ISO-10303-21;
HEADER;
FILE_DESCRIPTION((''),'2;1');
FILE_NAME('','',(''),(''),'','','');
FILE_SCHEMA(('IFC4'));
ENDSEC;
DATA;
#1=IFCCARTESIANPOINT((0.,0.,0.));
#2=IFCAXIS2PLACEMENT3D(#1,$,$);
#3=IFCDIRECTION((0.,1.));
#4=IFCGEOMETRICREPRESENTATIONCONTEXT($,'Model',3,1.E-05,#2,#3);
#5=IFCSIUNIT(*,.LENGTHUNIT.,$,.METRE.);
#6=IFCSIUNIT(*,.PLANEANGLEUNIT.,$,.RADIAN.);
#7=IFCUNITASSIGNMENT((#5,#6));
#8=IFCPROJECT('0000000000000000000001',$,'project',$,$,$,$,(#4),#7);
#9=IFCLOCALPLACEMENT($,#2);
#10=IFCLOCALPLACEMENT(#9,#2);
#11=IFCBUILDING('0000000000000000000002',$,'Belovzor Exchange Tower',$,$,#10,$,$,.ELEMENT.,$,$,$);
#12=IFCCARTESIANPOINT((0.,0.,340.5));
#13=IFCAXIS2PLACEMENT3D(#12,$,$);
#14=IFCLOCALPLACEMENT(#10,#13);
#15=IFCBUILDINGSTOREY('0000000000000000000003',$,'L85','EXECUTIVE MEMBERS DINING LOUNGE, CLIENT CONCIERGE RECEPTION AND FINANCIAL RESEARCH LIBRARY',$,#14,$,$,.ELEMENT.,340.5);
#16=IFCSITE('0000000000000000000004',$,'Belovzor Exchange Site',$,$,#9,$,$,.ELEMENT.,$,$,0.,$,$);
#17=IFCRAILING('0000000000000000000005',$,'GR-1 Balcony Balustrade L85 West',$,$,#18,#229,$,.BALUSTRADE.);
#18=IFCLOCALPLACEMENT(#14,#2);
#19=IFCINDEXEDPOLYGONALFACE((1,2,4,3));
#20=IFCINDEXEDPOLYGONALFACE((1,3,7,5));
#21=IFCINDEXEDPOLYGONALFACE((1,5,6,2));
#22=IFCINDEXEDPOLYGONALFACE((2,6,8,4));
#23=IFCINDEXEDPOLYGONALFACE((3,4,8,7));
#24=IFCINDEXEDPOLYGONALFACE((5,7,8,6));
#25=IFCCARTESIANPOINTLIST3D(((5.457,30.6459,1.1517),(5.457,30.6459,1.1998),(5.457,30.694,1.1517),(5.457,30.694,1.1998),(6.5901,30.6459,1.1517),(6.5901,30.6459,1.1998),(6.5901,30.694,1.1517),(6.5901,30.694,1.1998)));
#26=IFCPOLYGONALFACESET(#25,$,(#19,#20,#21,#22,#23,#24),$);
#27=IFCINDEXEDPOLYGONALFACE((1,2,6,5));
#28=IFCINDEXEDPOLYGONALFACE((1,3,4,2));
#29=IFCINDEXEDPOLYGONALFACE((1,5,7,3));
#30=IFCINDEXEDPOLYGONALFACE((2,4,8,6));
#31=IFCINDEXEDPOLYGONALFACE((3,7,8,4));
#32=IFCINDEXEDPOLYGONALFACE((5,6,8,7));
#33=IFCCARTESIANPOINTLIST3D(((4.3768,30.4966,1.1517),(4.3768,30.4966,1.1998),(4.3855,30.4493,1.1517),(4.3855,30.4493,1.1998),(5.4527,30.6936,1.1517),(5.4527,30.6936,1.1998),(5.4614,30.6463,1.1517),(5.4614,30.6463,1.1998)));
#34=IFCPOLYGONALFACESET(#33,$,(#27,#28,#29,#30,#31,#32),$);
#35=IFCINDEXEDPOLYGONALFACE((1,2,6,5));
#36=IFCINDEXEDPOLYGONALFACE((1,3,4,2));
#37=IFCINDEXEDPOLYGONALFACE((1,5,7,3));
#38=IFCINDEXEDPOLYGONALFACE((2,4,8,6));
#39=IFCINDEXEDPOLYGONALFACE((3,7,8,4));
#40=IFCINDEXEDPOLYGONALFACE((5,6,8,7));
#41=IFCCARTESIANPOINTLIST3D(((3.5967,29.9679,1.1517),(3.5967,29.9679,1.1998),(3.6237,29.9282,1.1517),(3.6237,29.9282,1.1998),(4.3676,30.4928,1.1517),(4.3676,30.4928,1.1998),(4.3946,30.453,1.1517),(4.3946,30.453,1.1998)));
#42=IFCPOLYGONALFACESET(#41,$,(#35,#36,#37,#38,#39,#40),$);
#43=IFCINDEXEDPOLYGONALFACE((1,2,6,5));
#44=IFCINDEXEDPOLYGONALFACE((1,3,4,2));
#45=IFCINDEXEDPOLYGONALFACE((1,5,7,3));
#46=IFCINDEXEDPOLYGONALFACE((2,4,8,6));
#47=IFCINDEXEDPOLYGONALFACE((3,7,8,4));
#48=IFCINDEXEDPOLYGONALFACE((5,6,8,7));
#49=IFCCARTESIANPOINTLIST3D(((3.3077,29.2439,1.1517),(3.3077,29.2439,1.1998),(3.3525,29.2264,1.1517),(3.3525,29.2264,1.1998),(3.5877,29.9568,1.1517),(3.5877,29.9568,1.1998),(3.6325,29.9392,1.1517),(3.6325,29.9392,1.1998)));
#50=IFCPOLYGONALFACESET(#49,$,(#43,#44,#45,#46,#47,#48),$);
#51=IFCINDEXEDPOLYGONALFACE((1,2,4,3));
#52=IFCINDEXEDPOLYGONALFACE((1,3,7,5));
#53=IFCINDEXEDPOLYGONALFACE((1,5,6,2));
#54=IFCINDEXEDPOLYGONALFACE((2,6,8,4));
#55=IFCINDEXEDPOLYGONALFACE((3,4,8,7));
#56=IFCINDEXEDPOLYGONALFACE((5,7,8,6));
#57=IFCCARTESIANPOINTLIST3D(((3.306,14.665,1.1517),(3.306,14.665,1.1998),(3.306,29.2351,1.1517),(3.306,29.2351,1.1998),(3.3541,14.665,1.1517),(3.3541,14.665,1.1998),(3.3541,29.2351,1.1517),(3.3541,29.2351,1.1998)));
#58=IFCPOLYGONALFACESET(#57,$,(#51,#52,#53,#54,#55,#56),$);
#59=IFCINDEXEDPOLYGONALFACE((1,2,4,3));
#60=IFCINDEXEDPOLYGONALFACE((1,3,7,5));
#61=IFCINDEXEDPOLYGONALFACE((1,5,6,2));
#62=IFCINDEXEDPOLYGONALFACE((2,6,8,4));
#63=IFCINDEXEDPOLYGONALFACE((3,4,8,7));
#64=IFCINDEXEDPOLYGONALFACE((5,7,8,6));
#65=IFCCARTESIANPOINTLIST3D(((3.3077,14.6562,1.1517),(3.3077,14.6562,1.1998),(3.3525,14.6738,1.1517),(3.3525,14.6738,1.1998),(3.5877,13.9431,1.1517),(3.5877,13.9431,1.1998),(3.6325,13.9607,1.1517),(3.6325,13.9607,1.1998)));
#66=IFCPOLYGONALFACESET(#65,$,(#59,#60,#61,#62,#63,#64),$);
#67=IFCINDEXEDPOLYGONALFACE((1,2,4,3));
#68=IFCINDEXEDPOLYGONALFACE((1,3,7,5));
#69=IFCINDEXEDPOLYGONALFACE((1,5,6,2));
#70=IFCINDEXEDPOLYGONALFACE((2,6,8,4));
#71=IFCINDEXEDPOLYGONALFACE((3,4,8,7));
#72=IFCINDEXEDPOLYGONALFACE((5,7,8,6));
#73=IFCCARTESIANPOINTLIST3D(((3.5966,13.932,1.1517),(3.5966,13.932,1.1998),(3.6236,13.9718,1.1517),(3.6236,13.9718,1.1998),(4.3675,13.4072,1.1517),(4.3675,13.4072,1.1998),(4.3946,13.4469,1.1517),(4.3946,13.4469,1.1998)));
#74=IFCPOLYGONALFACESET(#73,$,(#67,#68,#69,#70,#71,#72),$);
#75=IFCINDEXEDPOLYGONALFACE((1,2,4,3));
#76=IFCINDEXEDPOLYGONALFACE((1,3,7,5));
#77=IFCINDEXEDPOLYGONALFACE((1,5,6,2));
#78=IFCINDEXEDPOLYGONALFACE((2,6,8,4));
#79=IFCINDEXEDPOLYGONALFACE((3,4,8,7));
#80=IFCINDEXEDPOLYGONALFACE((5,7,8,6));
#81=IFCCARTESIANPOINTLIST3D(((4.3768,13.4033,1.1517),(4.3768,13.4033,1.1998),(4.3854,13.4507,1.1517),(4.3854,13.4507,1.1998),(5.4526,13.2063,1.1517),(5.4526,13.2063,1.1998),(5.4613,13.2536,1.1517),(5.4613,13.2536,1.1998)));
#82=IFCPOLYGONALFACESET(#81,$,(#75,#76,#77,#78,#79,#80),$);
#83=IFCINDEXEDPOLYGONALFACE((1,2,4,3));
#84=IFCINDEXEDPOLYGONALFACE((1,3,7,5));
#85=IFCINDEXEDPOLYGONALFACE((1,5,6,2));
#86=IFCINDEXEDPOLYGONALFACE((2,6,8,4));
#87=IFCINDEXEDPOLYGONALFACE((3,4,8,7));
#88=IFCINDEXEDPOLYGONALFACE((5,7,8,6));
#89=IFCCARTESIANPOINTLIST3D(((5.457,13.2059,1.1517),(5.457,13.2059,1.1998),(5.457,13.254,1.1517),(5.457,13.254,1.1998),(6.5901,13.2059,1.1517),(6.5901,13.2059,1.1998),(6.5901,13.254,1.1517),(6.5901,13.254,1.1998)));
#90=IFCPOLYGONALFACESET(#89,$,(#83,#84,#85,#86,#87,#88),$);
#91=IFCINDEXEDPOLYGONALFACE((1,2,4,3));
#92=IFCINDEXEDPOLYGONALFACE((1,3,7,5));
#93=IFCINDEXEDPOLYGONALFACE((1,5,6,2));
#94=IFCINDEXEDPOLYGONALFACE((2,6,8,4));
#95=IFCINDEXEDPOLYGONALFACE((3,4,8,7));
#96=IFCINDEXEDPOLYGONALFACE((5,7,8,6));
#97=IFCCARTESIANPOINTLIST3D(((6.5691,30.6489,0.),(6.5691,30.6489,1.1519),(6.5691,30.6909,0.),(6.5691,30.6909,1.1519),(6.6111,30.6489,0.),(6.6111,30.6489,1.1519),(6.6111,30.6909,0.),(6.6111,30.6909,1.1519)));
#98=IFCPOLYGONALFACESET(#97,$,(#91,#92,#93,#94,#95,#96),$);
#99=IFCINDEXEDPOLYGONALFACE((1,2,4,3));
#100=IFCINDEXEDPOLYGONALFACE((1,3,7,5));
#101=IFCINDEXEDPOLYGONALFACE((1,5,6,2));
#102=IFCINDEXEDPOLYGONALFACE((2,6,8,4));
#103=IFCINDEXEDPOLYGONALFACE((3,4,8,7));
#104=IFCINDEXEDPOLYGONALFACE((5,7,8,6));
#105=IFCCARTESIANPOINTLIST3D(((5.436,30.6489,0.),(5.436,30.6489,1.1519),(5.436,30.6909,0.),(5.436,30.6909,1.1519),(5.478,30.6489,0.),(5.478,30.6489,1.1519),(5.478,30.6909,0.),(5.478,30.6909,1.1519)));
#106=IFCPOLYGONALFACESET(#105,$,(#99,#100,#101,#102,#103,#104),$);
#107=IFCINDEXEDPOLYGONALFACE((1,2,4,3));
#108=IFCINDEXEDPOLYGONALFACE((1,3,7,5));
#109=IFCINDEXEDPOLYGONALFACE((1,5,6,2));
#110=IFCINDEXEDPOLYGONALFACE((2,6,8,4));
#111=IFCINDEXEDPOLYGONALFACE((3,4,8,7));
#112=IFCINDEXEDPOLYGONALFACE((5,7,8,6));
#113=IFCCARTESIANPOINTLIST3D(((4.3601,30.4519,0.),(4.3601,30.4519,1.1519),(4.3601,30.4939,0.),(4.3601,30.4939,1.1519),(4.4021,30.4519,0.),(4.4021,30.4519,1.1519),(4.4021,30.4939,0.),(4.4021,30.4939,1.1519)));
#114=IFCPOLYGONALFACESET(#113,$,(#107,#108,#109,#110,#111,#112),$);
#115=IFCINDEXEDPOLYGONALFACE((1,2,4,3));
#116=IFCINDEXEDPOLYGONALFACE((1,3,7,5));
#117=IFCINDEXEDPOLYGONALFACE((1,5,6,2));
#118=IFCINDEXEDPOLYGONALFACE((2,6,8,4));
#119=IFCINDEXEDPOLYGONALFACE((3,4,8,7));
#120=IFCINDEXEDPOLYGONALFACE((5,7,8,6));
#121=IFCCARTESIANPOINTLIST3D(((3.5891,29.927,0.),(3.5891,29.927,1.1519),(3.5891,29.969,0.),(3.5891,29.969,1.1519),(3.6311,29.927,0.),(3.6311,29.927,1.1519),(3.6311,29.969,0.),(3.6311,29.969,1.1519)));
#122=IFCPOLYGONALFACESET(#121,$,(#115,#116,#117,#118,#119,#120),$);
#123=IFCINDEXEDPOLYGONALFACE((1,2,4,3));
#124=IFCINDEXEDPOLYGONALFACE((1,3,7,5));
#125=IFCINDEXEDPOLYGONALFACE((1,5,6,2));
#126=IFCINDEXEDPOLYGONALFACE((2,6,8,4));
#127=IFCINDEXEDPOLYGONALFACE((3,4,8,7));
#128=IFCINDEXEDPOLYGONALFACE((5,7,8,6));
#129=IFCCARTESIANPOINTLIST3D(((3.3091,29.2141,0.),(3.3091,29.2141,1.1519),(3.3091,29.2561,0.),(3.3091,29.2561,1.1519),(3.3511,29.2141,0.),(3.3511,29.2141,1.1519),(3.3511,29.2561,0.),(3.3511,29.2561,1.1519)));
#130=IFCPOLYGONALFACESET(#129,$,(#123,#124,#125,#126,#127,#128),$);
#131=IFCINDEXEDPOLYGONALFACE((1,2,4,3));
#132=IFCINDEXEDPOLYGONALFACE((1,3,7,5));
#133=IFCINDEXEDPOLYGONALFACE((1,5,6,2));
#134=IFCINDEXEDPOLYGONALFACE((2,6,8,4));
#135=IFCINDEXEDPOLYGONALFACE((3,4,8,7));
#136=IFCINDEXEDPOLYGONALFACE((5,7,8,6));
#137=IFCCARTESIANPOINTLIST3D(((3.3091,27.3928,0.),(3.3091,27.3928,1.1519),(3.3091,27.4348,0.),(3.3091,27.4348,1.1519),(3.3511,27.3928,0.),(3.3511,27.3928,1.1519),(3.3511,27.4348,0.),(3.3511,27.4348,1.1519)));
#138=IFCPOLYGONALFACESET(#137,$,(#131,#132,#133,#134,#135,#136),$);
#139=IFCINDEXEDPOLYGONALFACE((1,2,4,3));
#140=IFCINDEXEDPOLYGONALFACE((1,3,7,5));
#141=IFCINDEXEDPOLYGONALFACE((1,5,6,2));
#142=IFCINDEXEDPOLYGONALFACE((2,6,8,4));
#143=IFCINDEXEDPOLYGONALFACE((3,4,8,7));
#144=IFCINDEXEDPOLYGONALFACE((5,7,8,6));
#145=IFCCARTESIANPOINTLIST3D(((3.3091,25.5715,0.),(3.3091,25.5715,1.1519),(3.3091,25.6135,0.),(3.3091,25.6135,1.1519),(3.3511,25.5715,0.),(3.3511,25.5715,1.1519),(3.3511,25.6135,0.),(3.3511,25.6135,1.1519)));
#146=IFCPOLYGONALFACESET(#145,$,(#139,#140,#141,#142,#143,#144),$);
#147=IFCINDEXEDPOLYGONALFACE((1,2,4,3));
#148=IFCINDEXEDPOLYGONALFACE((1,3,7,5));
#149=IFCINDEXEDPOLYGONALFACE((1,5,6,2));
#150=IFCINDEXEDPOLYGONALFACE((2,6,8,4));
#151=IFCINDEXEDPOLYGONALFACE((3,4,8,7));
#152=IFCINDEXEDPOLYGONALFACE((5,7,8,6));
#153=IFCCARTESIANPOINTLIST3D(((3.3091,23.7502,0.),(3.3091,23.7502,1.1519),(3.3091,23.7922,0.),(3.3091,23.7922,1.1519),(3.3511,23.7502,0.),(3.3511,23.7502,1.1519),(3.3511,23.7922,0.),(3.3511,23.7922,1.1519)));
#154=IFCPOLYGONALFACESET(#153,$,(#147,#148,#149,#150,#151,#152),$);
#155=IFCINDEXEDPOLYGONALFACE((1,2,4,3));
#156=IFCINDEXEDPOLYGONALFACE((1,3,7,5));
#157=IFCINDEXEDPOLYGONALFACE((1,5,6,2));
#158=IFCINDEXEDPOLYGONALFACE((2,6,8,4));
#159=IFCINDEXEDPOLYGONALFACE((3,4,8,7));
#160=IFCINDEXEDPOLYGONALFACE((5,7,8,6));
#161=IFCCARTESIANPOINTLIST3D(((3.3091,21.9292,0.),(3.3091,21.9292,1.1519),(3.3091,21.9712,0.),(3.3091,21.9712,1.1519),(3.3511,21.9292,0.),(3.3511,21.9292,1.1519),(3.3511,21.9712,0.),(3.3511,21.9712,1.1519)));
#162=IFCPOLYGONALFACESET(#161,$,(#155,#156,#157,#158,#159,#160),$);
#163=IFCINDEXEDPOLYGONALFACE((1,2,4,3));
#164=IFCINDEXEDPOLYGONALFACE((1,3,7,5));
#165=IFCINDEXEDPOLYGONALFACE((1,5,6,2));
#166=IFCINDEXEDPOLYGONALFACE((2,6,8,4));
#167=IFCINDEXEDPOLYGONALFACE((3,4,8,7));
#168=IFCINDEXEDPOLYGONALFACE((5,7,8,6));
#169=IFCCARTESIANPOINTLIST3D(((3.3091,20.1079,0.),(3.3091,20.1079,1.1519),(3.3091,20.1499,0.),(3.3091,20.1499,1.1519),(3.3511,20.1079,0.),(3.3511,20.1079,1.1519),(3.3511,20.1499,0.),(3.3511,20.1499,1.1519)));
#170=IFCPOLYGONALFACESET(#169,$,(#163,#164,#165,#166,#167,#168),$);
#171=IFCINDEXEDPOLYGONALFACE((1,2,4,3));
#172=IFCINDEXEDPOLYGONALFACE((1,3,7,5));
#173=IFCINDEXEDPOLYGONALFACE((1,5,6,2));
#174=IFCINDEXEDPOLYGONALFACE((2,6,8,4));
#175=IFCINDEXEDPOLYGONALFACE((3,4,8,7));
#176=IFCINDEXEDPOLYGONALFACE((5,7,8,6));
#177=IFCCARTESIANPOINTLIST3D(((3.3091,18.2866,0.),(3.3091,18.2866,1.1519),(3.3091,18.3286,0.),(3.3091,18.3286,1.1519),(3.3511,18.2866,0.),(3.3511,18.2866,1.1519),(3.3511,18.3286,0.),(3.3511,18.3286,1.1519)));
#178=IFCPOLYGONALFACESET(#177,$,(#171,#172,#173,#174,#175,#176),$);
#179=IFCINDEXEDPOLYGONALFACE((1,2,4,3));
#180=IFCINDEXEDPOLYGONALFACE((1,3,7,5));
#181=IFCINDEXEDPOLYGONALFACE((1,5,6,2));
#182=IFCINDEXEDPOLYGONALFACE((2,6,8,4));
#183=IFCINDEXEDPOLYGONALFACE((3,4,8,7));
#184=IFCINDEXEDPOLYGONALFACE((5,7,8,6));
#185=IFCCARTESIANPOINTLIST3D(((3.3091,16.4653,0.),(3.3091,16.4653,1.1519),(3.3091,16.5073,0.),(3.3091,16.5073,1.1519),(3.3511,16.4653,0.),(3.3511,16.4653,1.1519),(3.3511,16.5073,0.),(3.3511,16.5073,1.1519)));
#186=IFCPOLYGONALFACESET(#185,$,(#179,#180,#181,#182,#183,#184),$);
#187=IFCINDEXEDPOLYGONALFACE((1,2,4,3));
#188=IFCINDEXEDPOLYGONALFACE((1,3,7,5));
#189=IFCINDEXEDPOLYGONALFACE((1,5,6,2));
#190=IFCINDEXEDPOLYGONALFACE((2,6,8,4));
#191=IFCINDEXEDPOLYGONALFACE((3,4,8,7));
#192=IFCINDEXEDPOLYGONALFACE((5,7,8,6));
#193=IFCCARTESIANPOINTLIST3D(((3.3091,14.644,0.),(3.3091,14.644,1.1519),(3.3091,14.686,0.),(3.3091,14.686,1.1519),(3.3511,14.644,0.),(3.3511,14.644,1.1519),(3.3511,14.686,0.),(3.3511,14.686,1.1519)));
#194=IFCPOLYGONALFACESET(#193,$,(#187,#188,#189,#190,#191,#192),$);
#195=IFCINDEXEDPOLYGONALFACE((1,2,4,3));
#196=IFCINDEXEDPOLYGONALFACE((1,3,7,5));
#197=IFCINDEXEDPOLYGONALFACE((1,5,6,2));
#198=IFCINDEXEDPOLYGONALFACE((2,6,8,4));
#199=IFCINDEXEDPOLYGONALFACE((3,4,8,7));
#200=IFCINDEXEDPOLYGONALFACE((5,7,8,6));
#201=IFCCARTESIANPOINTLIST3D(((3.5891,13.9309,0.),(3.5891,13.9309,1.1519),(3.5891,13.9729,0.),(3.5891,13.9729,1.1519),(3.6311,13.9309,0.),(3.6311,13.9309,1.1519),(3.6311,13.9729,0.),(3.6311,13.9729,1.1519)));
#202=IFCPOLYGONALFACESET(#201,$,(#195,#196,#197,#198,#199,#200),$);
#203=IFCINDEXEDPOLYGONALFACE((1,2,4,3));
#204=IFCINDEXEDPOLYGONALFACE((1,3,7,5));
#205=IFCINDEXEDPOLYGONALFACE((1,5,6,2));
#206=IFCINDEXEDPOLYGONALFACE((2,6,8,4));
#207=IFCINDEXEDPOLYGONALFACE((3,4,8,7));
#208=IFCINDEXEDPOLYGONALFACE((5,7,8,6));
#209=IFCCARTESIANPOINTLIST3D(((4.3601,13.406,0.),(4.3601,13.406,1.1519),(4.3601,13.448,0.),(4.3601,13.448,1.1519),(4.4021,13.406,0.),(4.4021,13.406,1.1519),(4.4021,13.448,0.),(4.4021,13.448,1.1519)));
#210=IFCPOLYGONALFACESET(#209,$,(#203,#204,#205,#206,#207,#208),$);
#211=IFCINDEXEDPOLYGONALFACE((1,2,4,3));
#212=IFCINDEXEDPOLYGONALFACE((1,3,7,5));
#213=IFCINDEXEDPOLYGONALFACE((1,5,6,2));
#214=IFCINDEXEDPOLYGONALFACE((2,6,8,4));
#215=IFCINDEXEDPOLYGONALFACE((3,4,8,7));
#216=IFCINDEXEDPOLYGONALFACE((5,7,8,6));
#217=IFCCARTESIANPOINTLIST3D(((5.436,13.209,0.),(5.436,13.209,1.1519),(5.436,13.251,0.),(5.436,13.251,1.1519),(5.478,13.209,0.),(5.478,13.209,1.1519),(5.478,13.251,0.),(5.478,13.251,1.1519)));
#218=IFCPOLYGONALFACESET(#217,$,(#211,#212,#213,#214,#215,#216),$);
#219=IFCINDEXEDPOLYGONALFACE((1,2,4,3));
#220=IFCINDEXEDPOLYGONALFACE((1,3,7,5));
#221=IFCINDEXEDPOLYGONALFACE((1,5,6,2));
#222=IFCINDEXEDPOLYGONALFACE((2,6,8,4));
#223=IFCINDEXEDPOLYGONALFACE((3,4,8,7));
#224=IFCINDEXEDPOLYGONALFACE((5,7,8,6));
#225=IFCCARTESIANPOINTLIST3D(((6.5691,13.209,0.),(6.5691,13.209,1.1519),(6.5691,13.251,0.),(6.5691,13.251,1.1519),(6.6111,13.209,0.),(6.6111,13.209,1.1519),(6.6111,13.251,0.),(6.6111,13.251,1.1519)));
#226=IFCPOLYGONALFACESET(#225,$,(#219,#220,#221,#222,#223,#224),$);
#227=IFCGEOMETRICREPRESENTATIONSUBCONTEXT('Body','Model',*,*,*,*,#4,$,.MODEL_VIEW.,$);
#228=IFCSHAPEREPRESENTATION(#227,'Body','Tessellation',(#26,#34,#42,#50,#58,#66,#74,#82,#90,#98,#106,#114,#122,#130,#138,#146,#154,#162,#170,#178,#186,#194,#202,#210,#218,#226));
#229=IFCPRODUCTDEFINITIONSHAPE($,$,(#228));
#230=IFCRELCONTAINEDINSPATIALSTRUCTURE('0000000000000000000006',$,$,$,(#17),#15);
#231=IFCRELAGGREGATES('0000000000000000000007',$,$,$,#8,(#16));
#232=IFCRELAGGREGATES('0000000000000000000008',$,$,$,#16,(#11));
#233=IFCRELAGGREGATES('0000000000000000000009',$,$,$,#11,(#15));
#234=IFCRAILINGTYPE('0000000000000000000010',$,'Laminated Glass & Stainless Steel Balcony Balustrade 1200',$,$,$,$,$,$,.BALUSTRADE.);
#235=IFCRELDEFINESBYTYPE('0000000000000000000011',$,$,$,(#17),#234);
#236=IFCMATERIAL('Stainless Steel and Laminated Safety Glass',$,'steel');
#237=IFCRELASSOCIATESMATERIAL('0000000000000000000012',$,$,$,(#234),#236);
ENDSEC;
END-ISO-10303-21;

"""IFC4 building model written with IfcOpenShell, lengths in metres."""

from ifc_helpers import new_model, si_unit, direction, frame, origin, origin_2d, place, context, subcontext, project, spatial, rectangle, extrude, material, type_object, element, save


model = new_model("IFC4")

# Units and contexts
model_context = context("Model", 3, precision=1e-05, world=origin(), true_north=direction((0.0, 1.0)))
body_context = subcontext(model_context, "Body", "Model", "MODEL_VIEW")
ifc_project = project(units=[si_unit("LENGTHUNIT", "METRE"), si_unit("PLANEANGLEUNIT", "RADIAN")], contexts=[model_context])

# Site, building, storey
site_placement = place(None, origin())
site = spatial("IfcSite", under=ifc_project, at=site_placement, Name="Belovzor Exchange Site", CompositionType="ELEMENT", RefElevation=0.0)
building_placement = place(site_placement, origin())
building = spatial("IfcBuilding", under=site, at=building_placement, Name="Belovzor Exchange Tower", CompositionType="ELEMENT")
storey_placement = place(building_placement, frame((0.0, 0.0, 340.5)))
storey = spatial("IfcBuildingStorey", under=building, at=storey_placement, Name="L85", Description="EXECUTIVE MEMBERS DINING LOUNGE, CLIENT CONCIERGE RECEPTION AND FINANCIAL RESEARCH LIBRARY", CompositionType="ELEMENT", Elevation=340.5)

# Railing
ifc_material_1 = material(Name="Stainless Steel and Laminated Safety Glass", Category="steel")
railing_type = type_object("IfcRailingType", Name="Laminated Glass & Stainless Steel Balcony Balustrade 1200", PredefinedType="BALUSTRADE", material=ifc_material_1)
railing_placement = place(storey_placement, frame((6.5901, 30.6699, 0.0)))
element("IfcRailing", 1, at=railing_placement, inside=storey, type_object=railing_type, Name="GR-1 Balcony Balustrade L85 West", PredefinedType="BALUSTRADE", context=body_context, shape_type="SweptSolid", body=[
    extrude(rectangle(XDim=0.0481, YDim=0.0481, at=origin_2d()), frame((0.0, 0.0, 1.1758), z_axis=(-1.0, 0.0, 0.0), x_axis=(0.0, -1.0, 0.0)), (0.0, 0.0, 1.0), 1.1331),
    extrude(rectangle(XDim=0.0481, YDim=0.0481, at=origin_2d()), frame((-1.1331, 0.0, 1.1758), z_axis=(-0.983644, -0.180123, 0.0), x_axis=(0.180123, -0.983644, 0.0)), (0.0, 0.0, 1.0), 1.0938),
    extrude(rectangle(XDim=0.0481, YDim=0.0481, at=origin_2d()), frame((-2.209, -0.197, 1.1758), z_axis=(-0.826615, -0.562768, 0.0), x_axis=(0.562768, -0.826615, 0.0)), (0.0, 0.0, 1.0), 0.9326),
    extrude(rectangle(XDim=0.0481, YDim=0.0481, at=origin_2d()), frame((-2.98, -0.7219, 1.1758), z_axis=(-0.365613, -0.930767, 0.0), x_axis=(0.930767, -0.365613, 0.0)), (0.0, 0.0, 1.0), 0.7659),
    extrude(rectangle(XDim=0.0481, YDim=0.0481, at=origin_2d()), frame((-3.26, -1.4348, 1.1758), z_axis=(0.0, -1.0, 0.0), x_axis=(1.0, 0.0, 0.0)), (0.0, 0.0, 1.0), 14.5701),
    extrude(rectangle(XDim=0.0481, YDim=0.0481, at=origin_2d()), frame((-3.26, -16.0049, 1.1758), z_axis=(0.365504, -0.93081, 0.0), x_axis=(0.93081, 0.365504, 0.0)), (0.0, 0.0, 1.0), 0.7661),
    extrude(rectangle(XDim=0.0481, YDim=0.0481, at=origin_2d()), frame((-2.98, -16.718, 1.1758), z_axis=(0.826615, -0.562768, 0.0), x_axis=(0.562768, 0.826615, 0.0)), (0.0, 0.0, 1.0), 0.9326),
    extrude(rectangle(XDim=0.0481, YDim=0.0481, at=origin_2d()), frame((-2.209, -17.2429, 1.1758), z_axis=(0.983644, -0.180123, 0.0), x_axis=(0.180123, 0.983644, 0.0)), (0.0, 0.0, 1.0), 1.0938),
    extrude(rectangle(XDim=0.0481, YDim=0.0481, at=origin_2d()), frame((-1.1331, -17.4399, 1.1758), z_axis=(1.0, 0.0, 0.0), x_axis=(0.0, 1.0, 0.0)), (0.0, 0.0, 1.0), 1.1331),
    extrude(rectangle(XDim=0.042, YDim=0.042, at=origin_2d()), origin(), (0.0, 0.0, 1.0), 1.1519),
    extrude(rectangle(XDim=0.042, YDim=0.042, at=origin_2d()), frame((-1.1331, 0.0, 0.0)), (0.0, 0.0, 1.0), 1.1519),
    extrude(rectangle(XDim=0.042, YDim=0.042, at=origin_2d()), frame((-2.209, -0.197, 0.0)), (0.0, 0.0, 1.0), 1.1519),
    extrude(rectangle(XDim=0.042, YDim=0.042, at=origin_2d()), frame((-2.98, -0.7219, 0.0)), (0.0, 0.0, 1.0), 1.1519),
    extrude(rectangle(XDim=0.042, YDim=0.042, at=origin_2d()), frame((-3.26, -1.4348, 0.0)), (0.0, 0.0, 1.0), 1.1519),
    extrude(rectangle(XDim=0.042, YDim=0.042, at=origin_2d()), frame((-3.26, -3.2561, 0.0)), (0.0, 0.0, 1.0), 1.1519),
    extrude(rectangle(XDim=0.042, YDim=0.042, at=origin_2d()), frame((-3.26, -5.0774, 0.0)), (0.0, 0.0, 1.0), 1.1519),
    extrude(rectangle(XDim=0.042, YDim=0.042, at=origin_2d()), frame((-3.26, -6.8987, 0.0)), (0.0, 0.0, 1.0), 1.1519),
    extrude(rectangle(XDim=0.042, YDim=0.042, at=origin_2d()), frame((-3.26, -8.7197, 0.0)), (0.0, 0.0, 1.0), 1.1519),
    extrude(rectangle(XDim=0.042, YDim=0.042, at=origin_2d()), frame((-3.26, -10.541, 0.0)), (0.0, 0.0, 1.0), 1.1519),
    extrude(rectangle(XDim=0.042, YDim=0.042, at=origin_2d()), frame((-3.26, -12.3623, 0.0)), (0.0, 0.0, 1.0), 1.1519),
    extrude(rectangle(XDim=0.042, YDim=0.042, at=origin_2d()), frame((-3.26, -14.1836, 0.0)), (0.0, 0.0, 1.0), 1.1519),
    extrude(rectangle(XDim=0.042, YDim=0.042, at=origin_2d()), frame((-3.26, -16.0049, 0.0)), (0.0, 0.0, 1.0), 1.1519),
    extrude(rectangle(XDim=0.042, YDim=0.042, at=origin_2d()), frame((-2.98, -16.718, 0.0)), (0.0, 0.0, 1.0), 1.1519),
    extrude(rectangle(XDim=0.042, YDim=0.042, at=origin_2d()), frame((-2.209, -17.2429, 0.0)), (0.0, 0.0, 1.0), 1.1519),
    extrude(rectangle(XDim=0.042, YDim=0.042, at=origin_2d()), frame((-1.1331, -17.4399, 0.0)), (0.0, 0.0, 1.0), 1.1519),
    extrude(rectangle(XDim=0.042, YDim=0.042, at=origin_2d()), frame((0.0, -17.4399, 0.0)), (0.0, 0.0, 1.0), 1.1519),
])

save(model, "model.ifc")
